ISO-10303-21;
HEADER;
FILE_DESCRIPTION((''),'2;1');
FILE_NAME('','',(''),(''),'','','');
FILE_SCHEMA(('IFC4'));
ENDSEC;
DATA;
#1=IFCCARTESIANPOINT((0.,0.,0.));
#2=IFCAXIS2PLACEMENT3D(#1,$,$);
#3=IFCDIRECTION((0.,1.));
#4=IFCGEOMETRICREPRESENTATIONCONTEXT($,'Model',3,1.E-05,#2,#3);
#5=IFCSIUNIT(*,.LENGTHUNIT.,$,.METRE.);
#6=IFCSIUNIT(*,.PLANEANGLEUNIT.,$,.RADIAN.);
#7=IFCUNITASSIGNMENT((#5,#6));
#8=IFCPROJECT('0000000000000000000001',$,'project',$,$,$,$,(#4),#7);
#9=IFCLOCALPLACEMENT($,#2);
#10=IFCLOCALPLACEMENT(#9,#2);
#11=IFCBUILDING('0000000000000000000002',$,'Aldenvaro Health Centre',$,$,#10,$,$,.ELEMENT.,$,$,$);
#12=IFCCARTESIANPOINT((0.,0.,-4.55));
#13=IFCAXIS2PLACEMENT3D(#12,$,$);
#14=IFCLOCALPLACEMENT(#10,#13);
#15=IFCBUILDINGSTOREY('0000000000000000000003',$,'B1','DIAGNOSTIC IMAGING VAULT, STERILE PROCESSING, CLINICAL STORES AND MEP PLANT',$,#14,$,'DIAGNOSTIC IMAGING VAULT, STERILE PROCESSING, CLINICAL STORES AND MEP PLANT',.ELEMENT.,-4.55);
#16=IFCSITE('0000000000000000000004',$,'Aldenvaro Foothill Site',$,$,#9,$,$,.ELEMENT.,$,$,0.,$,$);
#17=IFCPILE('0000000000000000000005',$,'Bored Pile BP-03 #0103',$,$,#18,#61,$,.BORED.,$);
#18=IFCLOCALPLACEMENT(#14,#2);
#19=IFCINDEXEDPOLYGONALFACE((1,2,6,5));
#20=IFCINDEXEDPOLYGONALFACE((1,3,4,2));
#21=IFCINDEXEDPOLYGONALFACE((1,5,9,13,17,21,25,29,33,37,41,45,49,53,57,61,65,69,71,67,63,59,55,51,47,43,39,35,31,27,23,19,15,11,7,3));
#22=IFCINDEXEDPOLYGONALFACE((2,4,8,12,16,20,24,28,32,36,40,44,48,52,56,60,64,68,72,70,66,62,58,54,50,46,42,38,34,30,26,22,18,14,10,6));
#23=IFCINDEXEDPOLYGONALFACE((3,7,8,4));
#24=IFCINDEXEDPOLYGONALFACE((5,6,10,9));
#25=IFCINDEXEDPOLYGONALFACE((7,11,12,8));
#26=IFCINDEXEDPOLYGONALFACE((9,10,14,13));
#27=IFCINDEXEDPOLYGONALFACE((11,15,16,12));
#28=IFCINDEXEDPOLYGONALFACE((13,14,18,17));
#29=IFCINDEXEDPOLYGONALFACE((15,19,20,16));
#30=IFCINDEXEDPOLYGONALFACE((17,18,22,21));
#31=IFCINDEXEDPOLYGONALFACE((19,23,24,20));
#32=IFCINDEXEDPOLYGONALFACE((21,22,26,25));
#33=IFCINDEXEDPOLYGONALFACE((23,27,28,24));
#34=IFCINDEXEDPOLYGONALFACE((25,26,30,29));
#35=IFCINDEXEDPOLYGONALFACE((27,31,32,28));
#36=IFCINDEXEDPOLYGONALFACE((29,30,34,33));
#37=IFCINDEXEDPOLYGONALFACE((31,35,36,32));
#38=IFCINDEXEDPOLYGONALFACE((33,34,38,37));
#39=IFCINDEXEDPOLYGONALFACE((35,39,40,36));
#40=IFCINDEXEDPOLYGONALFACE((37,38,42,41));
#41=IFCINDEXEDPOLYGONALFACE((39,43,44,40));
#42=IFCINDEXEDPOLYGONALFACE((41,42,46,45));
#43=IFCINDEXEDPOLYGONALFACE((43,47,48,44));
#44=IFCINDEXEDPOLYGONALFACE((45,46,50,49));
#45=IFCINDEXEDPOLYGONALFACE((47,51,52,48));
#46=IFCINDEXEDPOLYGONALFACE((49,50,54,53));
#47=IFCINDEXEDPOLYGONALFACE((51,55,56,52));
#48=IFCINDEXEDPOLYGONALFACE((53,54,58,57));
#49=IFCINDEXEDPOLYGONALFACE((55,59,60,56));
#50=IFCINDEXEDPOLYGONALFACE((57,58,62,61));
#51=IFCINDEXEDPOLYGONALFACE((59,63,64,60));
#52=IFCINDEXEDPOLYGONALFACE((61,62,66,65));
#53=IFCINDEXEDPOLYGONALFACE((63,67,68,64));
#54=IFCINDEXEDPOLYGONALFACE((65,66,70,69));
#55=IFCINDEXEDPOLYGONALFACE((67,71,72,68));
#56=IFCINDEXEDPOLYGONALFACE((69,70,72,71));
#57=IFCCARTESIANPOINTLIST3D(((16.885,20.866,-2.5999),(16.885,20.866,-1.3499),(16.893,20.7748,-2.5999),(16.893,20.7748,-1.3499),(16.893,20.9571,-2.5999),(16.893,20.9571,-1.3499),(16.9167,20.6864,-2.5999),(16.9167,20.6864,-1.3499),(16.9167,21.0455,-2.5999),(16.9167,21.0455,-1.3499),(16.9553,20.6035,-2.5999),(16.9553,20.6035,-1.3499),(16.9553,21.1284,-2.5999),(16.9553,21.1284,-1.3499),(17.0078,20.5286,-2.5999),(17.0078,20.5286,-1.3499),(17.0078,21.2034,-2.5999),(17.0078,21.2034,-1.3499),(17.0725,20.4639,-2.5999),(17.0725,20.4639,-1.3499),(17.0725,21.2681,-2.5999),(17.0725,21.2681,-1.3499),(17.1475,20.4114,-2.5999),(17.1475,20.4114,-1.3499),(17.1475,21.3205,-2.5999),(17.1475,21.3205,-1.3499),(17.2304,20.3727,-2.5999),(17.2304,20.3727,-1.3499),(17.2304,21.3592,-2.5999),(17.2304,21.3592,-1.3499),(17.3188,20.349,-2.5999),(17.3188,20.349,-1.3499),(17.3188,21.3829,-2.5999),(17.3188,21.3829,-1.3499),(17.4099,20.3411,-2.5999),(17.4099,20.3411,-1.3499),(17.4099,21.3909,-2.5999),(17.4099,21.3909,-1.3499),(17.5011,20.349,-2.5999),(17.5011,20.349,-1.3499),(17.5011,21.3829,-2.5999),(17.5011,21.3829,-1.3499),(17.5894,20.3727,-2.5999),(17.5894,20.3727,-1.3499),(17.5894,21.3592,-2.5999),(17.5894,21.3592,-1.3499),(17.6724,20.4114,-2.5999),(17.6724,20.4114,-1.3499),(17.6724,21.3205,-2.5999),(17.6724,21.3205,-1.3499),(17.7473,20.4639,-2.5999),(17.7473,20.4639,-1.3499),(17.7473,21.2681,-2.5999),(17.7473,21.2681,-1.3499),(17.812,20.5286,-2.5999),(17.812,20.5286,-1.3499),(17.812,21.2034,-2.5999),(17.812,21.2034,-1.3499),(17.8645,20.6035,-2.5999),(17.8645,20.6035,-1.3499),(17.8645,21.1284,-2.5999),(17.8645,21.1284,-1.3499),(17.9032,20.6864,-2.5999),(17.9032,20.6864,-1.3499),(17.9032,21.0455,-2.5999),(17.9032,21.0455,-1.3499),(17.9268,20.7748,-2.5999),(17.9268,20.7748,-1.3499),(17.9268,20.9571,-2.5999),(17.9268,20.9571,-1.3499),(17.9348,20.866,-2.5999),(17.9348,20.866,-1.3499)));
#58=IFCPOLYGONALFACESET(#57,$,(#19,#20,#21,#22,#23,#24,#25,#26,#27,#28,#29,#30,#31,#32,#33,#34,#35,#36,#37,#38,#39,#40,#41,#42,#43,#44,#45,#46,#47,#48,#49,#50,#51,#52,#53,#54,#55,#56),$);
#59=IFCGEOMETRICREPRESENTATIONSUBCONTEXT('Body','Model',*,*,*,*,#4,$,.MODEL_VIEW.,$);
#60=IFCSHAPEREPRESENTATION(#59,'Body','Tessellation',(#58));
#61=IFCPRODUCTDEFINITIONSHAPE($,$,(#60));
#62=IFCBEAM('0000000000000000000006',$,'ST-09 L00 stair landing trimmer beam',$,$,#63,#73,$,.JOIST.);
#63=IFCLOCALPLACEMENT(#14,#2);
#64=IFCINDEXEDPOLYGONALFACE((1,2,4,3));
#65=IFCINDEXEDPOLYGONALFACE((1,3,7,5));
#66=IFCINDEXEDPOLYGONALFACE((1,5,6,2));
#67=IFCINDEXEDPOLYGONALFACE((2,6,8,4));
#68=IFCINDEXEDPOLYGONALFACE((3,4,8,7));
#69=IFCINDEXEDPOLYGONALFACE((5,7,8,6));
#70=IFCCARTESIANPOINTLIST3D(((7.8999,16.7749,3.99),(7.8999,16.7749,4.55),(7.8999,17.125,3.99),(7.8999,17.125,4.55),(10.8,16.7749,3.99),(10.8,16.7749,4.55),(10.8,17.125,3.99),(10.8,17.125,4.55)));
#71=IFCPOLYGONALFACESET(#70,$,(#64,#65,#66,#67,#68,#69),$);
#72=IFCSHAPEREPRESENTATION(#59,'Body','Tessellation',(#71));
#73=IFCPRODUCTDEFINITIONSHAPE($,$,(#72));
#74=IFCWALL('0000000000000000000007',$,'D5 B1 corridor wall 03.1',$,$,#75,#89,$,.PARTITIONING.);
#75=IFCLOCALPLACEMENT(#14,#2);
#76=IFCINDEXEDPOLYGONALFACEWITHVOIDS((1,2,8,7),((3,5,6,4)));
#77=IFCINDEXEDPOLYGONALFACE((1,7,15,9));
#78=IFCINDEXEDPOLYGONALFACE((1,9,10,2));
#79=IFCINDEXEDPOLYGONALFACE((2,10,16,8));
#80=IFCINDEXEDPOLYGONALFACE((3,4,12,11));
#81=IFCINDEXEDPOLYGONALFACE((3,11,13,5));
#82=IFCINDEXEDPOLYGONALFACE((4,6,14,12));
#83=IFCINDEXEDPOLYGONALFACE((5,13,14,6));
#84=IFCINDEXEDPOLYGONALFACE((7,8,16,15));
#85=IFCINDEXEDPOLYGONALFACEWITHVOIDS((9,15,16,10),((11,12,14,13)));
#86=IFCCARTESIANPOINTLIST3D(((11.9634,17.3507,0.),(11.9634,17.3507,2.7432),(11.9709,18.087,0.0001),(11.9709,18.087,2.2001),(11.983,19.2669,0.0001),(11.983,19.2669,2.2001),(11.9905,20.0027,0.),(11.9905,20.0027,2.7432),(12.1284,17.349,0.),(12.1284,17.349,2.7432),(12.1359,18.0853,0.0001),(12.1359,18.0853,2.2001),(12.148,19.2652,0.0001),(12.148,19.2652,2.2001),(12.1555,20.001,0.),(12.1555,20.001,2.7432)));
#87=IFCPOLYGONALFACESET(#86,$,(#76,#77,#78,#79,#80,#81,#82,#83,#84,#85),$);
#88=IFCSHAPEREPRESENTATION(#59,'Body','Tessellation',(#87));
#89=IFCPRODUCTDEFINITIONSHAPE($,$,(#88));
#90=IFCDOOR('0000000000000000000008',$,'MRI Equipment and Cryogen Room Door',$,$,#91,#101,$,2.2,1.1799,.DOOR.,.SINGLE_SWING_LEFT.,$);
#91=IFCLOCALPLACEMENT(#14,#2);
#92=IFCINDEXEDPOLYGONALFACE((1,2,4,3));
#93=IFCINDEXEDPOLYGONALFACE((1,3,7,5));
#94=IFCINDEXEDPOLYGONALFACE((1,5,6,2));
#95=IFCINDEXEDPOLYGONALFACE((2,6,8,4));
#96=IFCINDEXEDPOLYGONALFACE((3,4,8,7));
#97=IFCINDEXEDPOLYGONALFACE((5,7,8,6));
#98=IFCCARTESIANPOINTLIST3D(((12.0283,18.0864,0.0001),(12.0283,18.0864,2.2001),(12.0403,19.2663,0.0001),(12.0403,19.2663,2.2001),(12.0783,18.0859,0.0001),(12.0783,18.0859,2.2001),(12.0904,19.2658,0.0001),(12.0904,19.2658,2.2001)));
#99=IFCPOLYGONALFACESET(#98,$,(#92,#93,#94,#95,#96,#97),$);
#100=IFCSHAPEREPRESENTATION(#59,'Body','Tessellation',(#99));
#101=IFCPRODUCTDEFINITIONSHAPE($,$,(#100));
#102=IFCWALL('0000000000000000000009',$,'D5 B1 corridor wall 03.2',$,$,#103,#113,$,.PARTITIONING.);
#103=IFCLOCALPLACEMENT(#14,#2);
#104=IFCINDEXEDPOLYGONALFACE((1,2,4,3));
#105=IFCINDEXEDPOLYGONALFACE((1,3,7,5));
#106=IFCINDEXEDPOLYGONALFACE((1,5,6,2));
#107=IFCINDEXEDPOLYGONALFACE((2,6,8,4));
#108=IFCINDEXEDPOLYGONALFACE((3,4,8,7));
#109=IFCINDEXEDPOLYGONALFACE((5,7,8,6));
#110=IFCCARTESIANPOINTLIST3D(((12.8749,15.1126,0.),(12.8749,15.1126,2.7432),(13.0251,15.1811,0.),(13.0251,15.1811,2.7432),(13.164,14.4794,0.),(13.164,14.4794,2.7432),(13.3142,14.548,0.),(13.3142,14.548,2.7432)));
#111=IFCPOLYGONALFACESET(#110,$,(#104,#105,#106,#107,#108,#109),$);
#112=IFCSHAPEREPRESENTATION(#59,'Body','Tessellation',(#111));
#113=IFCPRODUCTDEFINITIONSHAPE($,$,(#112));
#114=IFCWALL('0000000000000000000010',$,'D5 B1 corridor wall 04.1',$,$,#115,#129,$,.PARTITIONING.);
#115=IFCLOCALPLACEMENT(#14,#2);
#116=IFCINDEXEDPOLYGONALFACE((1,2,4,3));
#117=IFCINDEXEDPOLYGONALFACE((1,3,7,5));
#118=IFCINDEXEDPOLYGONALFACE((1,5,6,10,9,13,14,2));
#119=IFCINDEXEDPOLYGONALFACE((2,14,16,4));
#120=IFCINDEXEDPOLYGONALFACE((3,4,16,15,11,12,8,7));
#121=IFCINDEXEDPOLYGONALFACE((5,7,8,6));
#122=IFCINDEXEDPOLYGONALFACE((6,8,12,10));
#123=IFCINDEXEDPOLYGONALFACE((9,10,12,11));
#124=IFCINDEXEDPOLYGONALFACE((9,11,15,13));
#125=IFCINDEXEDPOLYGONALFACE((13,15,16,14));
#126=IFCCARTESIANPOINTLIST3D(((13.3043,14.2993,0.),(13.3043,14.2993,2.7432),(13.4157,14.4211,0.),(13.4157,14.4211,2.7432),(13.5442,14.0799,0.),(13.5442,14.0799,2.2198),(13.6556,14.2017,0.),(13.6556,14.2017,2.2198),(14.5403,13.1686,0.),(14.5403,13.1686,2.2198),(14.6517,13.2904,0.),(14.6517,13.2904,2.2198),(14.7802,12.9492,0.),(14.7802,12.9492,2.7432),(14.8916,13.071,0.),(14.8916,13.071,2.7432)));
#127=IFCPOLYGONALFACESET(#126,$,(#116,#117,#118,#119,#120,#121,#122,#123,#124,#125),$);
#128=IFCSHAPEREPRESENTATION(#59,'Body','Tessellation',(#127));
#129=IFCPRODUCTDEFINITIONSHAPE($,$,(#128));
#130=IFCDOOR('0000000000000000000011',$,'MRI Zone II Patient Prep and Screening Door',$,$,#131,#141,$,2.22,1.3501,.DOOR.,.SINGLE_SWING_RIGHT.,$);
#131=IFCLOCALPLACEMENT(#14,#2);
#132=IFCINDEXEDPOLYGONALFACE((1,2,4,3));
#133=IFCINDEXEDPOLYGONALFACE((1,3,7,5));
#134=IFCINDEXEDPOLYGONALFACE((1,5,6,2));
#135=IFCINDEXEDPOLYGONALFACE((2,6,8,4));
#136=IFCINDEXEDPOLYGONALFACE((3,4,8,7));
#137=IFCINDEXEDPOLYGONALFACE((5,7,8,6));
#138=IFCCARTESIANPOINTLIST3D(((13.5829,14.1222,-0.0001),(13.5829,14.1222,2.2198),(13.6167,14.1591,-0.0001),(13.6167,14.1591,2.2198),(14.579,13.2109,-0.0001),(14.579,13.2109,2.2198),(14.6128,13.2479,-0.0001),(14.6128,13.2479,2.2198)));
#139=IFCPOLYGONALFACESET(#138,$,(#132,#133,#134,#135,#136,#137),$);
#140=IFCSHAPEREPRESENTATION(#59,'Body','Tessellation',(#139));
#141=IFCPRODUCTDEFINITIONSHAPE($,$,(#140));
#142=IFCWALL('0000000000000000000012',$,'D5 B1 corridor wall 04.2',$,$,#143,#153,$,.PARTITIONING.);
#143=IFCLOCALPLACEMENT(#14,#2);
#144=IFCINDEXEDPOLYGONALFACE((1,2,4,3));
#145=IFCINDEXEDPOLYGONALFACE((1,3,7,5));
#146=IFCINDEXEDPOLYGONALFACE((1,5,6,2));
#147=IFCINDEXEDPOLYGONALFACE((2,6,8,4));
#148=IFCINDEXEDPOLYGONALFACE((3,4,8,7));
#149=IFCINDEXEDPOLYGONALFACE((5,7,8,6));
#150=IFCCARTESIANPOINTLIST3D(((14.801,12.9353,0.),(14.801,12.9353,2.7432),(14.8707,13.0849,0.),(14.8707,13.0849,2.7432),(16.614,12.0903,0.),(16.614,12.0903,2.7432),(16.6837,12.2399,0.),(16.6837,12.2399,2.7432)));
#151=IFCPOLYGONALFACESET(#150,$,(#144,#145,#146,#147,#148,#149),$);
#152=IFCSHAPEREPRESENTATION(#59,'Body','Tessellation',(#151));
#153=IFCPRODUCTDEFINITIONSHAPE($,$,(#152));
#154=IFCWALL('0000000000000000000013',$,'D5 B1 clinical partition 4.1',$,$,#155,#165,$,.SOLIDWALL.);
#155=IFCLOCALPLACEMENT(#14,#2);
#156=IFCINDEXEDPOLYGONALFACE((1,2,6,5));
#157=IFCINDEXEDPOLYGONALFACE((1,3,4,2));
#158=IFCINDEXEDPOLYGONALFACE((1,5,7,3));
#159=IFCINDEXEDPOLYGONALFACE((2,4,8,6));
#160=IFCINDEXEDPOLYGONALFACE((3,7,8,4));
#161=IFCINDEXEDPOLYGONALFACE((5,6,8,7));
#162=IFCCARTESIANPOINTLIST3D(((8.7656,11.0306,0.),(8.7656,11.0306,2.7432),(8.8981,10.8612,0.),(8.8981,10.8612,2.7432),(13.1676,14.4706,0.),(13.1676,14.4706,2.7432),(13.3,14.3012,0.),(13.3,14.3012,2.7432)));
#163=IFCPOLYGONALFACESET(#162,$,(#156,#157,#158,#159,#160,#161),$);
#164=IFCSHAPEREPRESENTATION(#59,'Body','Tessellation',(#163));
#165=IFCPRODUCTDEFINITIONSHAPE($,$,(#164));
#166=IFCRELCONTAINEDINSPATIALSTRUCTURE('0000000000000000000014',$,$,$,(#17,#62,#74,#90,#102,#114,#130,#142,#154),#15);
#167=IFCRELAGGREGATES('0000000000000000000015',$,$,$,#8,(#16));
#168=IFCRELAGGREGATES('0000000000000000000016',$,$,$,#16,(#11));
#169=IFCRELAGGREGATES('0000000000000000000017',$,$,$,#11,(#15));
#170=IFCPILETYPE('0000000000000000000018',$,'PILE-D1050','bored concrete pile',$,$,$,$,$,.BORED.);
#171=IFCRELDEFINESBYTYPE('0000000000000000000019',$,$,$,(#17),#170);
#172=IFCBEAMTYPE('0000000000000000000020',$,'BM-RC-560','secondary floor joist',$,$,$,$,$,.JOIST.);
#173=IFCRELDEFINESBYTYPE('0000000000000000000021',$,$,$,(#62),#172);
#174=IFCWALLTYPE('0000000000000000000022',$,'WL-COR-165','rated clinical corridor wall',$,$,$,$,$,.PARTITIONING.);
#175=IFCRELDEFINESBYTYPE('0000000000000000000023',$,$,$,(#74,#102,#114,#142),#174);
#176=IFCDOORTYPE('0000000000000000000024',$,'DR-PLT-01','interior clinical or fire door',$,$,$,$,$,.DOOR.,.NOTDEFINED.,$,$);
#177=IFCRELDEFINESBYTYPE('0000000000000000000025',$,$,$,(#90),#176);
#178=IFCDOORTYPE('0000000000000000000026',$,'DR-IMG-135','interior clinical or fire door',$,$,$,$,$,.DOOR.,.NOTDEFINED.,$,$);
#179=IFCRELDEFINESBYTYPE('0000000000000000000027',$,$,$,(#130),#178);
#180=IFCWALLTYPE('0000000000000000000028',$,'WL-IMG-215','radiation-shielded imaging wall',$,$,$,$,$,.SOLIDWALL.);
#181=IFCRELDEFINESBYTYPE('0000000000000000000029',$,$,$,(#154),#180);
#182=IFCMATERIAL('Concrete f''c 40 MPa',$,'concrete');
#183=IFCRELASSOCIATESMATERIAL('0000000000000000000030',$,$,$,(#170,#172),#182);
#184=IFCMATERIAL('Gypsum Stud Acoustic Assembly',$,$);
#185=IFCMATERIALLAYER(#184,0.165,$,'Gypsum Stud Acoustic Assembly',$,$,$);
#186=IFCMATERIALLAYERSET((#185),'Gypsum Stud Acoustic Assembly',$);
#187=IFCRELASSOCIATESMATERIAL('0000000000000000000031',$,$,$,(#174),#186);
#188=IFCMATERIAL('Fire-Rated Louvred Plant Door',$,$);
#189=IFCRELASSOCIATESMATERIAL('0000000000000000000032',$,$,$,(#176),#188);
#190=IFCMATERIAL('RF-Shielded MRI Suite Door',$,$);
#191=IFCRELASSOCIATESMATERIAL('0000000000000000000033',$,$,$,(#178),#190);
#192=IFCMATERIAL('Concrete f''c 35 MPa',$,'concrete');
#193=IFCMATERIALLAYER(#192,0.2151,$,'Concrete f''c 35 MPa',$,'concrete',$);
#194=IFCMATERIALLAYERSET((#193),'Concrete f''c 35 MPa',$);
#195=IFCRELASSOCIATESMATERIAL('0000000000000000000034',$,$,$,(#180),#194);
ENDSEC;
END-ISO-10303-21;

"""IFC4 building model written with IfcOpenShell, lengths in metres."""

from ifc_helpers import new_model, si_unit, direction, frame, frame_2d, origin, origin_2d, place, context, subcontext, project, spatial, rectangle, circle, extrude, material, layer, layer_set, material_profile, profile_set, type_object, element, fill, save


model = new_model("IFC4")

# Units and contexts
model_context = context("Model", 3, precision=1e-05, world=origin(), true_north=direction((0.0, 1.0)))
body_context = subcontext(model_context, "Body", "Model", "MODEL_VIEW")
ifc_project = project(units=[si_unit("LENGTHUNIT", "METRE"), si_unit("PLANEANGLEUNIT", "RADIAN")], contexts=[model_context])

# Site, building, storey
site_placement = place(None, origin())
site = spatial("IfcSite", under=ifc_project, at=site_placement, Name="Aldenvaro Foothill Site", CompositionType="ELEMENT", RefElevation=0.0)
building_placement = place(site_placement, origin())
building = spatial("IfcBuilding", under=site, at=building_placement, Name="Aldenvaro Health Centre", CompositionType="ELEMENT")
storey_placement = place(building_placement, frame((0.0, 0.0, -4.55)))
storey = spatial("IfcBuildingStorey", under=building, at=storey_placement, Name="B1", Description="DIAGNOSTIC IMAGING VAULT, STERILE PROCESSING, CLINICAL STORES AND MEP PLANT", LongName="DIAGNOSTIC IMAGING VAULT, STERILE PROCESSING, CLINICAL STORES AND MEP PLANT", CompositionType="ELEMENT", Elevation=-4.55)

# Pile
ifc_material_1 = material(Name="Concrete f'c 40 MPa", Category="concrete")
ifc_material_profile_1 = material_profile(ifc_material_1, circle(Radius=0.5249, at=origin_2d()), Name="PILE D1050", Category="concrete")
ifc_profile_set_1 = profile_set([ifc_material_profile_1], Name="Concrete f'c 40 MPa")
pile_type = type_object("IfcPileType", Name="PILE-D1050", Description="bored concrete pile", PredefinedType="BORED", material=ifc_profile_set_1)
for number, where, z_axis, x_axis, name in (
    (1, (17.4099, 20.866, -1.3499), (0.0, 0.0, -1.0), (1.0, 0.0, 0.0), "Bored Pile BP-03 #0103"),
):
    element("IfcPile", number, at=place(storey_placement, frame(where, z_axis=z_axis, x_axis=x_axis)), inside=storey, type_object=pile_type, Name=name, PredefinedType="BORED", context=body_context, shape_type="SweptSolid", body=[
        extrude(circle(Radius=0.5249, at=origin_2d()), origin(), (0.0, 0.0, 1.0), 1.25),
    ])

# Beam
ifc_material_profile_2 = material_profile(ifc_material_1, rectangle(XDim=0.3501, YDim=0.5601, at=origin_2d()), Name="RC 350x560", Category="concrete")
ifc_profile_set_2 = profile_set([ifc_material_profile_2], Name="Concrete f'c 40 MPa")
beam_type = type_object("IfcBeamType", Name="BM-RC-560", Description="secondary floor joist", PredefinedType="JOIST", material=ifc_profile_set_2)
beam_placement = place(storey_placement, frame((10.8, 16.95, 4.27), z_axis=(-1.0, 0.0, 0.0), x_axis=(0.0, -1.0, 0.0)))
element("IfcBeam", 2, at=beam_placement, inside=storey, type_object=beam_type, Name="ST-09 L00 stair landing trimmer beam", PredefinedType="JOIST", context=body_context, shape_type="SweptSolid", body=[
    extrude(rectangle(XDim=0.3501, YDim=0.5601, at=origin_2d()), origin(), (0.0, 0.0, 1.0), 2.9001),
])

# Wall, opening, door
ifc_material_2 = material(Name="Gypsum Stud Acoustic Assembly")
ifc_layer_1 = layer(ifc_material_2, 0.165, Name="Gypsum Stud Acoustic Assembly")
ifc_layer_set_1 = layer_set([ifc_layer_1], Name="Gypsum Stud Acoustic Assembly")
wall_type_1 = type_object("IfcWallType", Name="WL-COR-165", Description="rated clinical corridor wall", PredefinedType="PARTITIONING", material=ifc_layer_set_1)
wall_1_placement = place(storey_placement, frame((12.073, 20.002, 0.0), z_axis=(0.0, 0.0, 1.0), x_axis=(-0.010219, -0.999948, 0.0)))
wall_1 = element("IfcWall", 3, at=wall_1_placement, inside=storey, type_object=wall_type_1, Name="D5 B1 corridor wall 03.1", PredefinedType="PARTITIONING", context=body_context, shape_type="SweptSolid", body=[
    extrude(rectangle(XDim=2.6521, YDim=0.165, at=frame_2d((1.3262, 0.0))), origin(), (0.0, 0.0, 1.0), 2.7432),
])
opening_1_placement = place(wall_1_placement, frame((0.7361, 0.0, 0.0)))
opening_1 = element("IfcOpeningElement", 4, at=opening_1_placement, cuts=wall_1, PredefinedType="OPENING", context=body_context, shape_type="SweptSolid", body=[
    extrude(rectangle(XDim=1.1799, YDim=2.2, at=frame_2d((0.5898, 1.1001))), frame((0.0, 0.0925, 0.0), z_axis=(0.0, -1.0, 0.0), x_axis=(1.0, 0.0, 0.0)), (0.0, 0.0, 1.0), 0.1851),
])
ifc_material_3 = material(Name="Fire-Rated Louvred Plant Door")
door_type_1 = type_object("IfcDoorType", Name="DR-PLT-01", Description="interior clinical or fire door", OperationType="NOTDEFINED", PredefinedType="DOOR", material=ifc_material_3)
door_1_placement = place(opening_1_placement, origin())
door_1 = element("IfcDoor", 5, at=door_1_placement, inside=storey, type_object=door_type_1, Name="MRI Equipment and Cryogen Room Door", OperationType="SINGLE_SWING_LEFT", OverallHeight=2.2, OverallWidth=1.1799, PredefinedType="DOOR", context=body_context, shape_type="SweptSolid", body=[
    extrude(rectangle(XDim=1.1799, YDim=2.2, at=frame_2d((0.5898, 1.1001))), frame((0.0, 0.0249, 0.0), z_axis=(0.0, -1.0, 0.0), x_axis=(1.0, 0.0, 0.0)), (0.0, 0.0, 1.0), 0.05),
])
fill(opening_1, door_1)

# Wall
wall_2_placement = place(storey_placement, frame((12.95, 15.147, 0.0), z_axis=(0.0, 0.0, 1.0), x_axis=(0.415362, -0.909656, 0.0)))
element("IfcWall", 6, at=wall_2_placement, inside=storey, type_object=wall_type_1, Name="D5 B1 corridor wall 03.2", PredefinedType="PARTITIONING", context=body_context, shape_type="SweptSolid", body=[
    extrude(rectangle(XDim=0.696, YDim=0.165, at=frame_2d((0.3481, 0.0))), origin(), (0.0, 0.0, 1.0), 2.7432),
])

# Wall, opening, door
wall_3_placement = place(storey_placement, frame((13.3601, 14.3601, 0.0), z_axis=(0.0, 0.0, 1.0), x_axis=(0.737838, -0.674978, 0.0)))
wall_3 = element("IfcWall", 7, at=wall_3_placement, inside=storey, type_object=wall_type_1, Name="D5 B1 corridor wall 04.1", PredefinedType="PARTITIONING", context=body_context, shape_type="SweptSolid", body=[
    extrude(rectangle(XDim=2.0002, YDim=0.165, at=frame_2d((1.0, 0.0))), origin(), (0.0, 0.0, 1.0), 2.7432),
])
opening_2_placement = place(wall_3_placement, frame((0.325, 0.0, 0.0)))
opening_2 = element("IfcOpeningElement", 8, at=opening_2_placement, cuts=wall_3, PredefinedType="OPENING", context=body_context, shape_type="SweptSolid", body=[
    extrude(rectangle(XDim=1.3501, YDim=2.22, at=frame_2d((0.675, 1.1099))), frame((0.0, 0.0925, 0.0), z_axis=(0.0, -1.0, 0.0), x_axis=(1.0, 0.0, 0.0)), (0.0, 0.0, 1.0), 0.1851),
])
ifc_material_4 = material(Name="RF-Shielded MRI Suite Door")
door_type_2 = type_object("IfcDoorType", Name="DR-IMG-135", Description="interior clinical or fire door", OperationType="NOTDEFINED", PredefinedType="DOOR", material=ifc_material_4)
door_2_placement = place(opening_2_placement, origin())
door_2 = element("IfcDoor", 9, at=door_2_placement, inside=storey, type_object=door_type_2, Name="MRI Zone II Patient Prep and Screening Door", OperationType="SINGLE_SWING_RIGHT", OverallHeight=2.22, OverallWidth=1.3501, PredefinedType="DOOR", context=body_context, shape_type="SweptSolid", body=[
    extrude(rectangle(XDim=1.3501, YDim=2.22, at=frame_2d((0.675, 1.1099))), frame((0.0, 0.0249, 0.0), z_axis=(0.0, -1.0, 0.0), x_axis=(1.0, 0.0, 0.0)), (0.0, 0.0, 1.0), 0.05),
])
fill(opening_2, door_2)

# Walls
wall_4_placement = place(storey_placement, frame((14.8359, 13.01, 0.0), z_axis=(0.0, 0.0, 1.0), x_axis=(0.906392, -0.422438, 0.0)))
element("IfcWall", 10, at=wall_4_placement, inside=storey, type_object=wall_type_1, Name="D5 B1 corridor wall 04.2", PredefinedType="PARTITIONING", context=body_context, shape_type="SweptSolid", body=[
    extrude(rectangle(XDim=2.0002, YDim=0.165, at=frame_2d((1.0, 0.0))), origin(), (0.0, 0.0, 1.0), 2.7432),
])
ifc_material_5 = material(Name="Concrete f'c 35 MPa", Category="concrete")
ifc_layer_2 = layer(ifc_material_5, 0.2151, Name="Concrete f'c 35 MPa", Category="concrete")
ifc_layer_set_2 = layer_set([ifc_layer_2], Name="Concrete f'c 35 MPa")
wall_type_2 = type_object("IfcWallType", Name="WL-IMG-215", Description="radiation-shielded imaging wall", PredefinedType="SOLIDWALL", material=ifc_layer_set_2)
wall_5_placement = place(storey_placement, frame((13.2339, 14.386, 0.0), z_axis=(0.0, 0.0, 1.0), x_axis=(-0.787938, -0.615754, 0.0)))
element("IfcWall", 11, at=wall_5_placement, inside=storey, type_object=wall_type_2, Name="D5 B1 clinical partition 4.1", PredefinedType="SOLIDWALL", context=body_context, shape_type="SweptSolid", body=[
    extrude(rectangle(XDim=5.5867, YDim=0.2151, at=frame_2d((2.7935, 0.0))), origin(), (0.0, 0.0, 1.0), 2.7432),
])

save(model, "model.ifc")
